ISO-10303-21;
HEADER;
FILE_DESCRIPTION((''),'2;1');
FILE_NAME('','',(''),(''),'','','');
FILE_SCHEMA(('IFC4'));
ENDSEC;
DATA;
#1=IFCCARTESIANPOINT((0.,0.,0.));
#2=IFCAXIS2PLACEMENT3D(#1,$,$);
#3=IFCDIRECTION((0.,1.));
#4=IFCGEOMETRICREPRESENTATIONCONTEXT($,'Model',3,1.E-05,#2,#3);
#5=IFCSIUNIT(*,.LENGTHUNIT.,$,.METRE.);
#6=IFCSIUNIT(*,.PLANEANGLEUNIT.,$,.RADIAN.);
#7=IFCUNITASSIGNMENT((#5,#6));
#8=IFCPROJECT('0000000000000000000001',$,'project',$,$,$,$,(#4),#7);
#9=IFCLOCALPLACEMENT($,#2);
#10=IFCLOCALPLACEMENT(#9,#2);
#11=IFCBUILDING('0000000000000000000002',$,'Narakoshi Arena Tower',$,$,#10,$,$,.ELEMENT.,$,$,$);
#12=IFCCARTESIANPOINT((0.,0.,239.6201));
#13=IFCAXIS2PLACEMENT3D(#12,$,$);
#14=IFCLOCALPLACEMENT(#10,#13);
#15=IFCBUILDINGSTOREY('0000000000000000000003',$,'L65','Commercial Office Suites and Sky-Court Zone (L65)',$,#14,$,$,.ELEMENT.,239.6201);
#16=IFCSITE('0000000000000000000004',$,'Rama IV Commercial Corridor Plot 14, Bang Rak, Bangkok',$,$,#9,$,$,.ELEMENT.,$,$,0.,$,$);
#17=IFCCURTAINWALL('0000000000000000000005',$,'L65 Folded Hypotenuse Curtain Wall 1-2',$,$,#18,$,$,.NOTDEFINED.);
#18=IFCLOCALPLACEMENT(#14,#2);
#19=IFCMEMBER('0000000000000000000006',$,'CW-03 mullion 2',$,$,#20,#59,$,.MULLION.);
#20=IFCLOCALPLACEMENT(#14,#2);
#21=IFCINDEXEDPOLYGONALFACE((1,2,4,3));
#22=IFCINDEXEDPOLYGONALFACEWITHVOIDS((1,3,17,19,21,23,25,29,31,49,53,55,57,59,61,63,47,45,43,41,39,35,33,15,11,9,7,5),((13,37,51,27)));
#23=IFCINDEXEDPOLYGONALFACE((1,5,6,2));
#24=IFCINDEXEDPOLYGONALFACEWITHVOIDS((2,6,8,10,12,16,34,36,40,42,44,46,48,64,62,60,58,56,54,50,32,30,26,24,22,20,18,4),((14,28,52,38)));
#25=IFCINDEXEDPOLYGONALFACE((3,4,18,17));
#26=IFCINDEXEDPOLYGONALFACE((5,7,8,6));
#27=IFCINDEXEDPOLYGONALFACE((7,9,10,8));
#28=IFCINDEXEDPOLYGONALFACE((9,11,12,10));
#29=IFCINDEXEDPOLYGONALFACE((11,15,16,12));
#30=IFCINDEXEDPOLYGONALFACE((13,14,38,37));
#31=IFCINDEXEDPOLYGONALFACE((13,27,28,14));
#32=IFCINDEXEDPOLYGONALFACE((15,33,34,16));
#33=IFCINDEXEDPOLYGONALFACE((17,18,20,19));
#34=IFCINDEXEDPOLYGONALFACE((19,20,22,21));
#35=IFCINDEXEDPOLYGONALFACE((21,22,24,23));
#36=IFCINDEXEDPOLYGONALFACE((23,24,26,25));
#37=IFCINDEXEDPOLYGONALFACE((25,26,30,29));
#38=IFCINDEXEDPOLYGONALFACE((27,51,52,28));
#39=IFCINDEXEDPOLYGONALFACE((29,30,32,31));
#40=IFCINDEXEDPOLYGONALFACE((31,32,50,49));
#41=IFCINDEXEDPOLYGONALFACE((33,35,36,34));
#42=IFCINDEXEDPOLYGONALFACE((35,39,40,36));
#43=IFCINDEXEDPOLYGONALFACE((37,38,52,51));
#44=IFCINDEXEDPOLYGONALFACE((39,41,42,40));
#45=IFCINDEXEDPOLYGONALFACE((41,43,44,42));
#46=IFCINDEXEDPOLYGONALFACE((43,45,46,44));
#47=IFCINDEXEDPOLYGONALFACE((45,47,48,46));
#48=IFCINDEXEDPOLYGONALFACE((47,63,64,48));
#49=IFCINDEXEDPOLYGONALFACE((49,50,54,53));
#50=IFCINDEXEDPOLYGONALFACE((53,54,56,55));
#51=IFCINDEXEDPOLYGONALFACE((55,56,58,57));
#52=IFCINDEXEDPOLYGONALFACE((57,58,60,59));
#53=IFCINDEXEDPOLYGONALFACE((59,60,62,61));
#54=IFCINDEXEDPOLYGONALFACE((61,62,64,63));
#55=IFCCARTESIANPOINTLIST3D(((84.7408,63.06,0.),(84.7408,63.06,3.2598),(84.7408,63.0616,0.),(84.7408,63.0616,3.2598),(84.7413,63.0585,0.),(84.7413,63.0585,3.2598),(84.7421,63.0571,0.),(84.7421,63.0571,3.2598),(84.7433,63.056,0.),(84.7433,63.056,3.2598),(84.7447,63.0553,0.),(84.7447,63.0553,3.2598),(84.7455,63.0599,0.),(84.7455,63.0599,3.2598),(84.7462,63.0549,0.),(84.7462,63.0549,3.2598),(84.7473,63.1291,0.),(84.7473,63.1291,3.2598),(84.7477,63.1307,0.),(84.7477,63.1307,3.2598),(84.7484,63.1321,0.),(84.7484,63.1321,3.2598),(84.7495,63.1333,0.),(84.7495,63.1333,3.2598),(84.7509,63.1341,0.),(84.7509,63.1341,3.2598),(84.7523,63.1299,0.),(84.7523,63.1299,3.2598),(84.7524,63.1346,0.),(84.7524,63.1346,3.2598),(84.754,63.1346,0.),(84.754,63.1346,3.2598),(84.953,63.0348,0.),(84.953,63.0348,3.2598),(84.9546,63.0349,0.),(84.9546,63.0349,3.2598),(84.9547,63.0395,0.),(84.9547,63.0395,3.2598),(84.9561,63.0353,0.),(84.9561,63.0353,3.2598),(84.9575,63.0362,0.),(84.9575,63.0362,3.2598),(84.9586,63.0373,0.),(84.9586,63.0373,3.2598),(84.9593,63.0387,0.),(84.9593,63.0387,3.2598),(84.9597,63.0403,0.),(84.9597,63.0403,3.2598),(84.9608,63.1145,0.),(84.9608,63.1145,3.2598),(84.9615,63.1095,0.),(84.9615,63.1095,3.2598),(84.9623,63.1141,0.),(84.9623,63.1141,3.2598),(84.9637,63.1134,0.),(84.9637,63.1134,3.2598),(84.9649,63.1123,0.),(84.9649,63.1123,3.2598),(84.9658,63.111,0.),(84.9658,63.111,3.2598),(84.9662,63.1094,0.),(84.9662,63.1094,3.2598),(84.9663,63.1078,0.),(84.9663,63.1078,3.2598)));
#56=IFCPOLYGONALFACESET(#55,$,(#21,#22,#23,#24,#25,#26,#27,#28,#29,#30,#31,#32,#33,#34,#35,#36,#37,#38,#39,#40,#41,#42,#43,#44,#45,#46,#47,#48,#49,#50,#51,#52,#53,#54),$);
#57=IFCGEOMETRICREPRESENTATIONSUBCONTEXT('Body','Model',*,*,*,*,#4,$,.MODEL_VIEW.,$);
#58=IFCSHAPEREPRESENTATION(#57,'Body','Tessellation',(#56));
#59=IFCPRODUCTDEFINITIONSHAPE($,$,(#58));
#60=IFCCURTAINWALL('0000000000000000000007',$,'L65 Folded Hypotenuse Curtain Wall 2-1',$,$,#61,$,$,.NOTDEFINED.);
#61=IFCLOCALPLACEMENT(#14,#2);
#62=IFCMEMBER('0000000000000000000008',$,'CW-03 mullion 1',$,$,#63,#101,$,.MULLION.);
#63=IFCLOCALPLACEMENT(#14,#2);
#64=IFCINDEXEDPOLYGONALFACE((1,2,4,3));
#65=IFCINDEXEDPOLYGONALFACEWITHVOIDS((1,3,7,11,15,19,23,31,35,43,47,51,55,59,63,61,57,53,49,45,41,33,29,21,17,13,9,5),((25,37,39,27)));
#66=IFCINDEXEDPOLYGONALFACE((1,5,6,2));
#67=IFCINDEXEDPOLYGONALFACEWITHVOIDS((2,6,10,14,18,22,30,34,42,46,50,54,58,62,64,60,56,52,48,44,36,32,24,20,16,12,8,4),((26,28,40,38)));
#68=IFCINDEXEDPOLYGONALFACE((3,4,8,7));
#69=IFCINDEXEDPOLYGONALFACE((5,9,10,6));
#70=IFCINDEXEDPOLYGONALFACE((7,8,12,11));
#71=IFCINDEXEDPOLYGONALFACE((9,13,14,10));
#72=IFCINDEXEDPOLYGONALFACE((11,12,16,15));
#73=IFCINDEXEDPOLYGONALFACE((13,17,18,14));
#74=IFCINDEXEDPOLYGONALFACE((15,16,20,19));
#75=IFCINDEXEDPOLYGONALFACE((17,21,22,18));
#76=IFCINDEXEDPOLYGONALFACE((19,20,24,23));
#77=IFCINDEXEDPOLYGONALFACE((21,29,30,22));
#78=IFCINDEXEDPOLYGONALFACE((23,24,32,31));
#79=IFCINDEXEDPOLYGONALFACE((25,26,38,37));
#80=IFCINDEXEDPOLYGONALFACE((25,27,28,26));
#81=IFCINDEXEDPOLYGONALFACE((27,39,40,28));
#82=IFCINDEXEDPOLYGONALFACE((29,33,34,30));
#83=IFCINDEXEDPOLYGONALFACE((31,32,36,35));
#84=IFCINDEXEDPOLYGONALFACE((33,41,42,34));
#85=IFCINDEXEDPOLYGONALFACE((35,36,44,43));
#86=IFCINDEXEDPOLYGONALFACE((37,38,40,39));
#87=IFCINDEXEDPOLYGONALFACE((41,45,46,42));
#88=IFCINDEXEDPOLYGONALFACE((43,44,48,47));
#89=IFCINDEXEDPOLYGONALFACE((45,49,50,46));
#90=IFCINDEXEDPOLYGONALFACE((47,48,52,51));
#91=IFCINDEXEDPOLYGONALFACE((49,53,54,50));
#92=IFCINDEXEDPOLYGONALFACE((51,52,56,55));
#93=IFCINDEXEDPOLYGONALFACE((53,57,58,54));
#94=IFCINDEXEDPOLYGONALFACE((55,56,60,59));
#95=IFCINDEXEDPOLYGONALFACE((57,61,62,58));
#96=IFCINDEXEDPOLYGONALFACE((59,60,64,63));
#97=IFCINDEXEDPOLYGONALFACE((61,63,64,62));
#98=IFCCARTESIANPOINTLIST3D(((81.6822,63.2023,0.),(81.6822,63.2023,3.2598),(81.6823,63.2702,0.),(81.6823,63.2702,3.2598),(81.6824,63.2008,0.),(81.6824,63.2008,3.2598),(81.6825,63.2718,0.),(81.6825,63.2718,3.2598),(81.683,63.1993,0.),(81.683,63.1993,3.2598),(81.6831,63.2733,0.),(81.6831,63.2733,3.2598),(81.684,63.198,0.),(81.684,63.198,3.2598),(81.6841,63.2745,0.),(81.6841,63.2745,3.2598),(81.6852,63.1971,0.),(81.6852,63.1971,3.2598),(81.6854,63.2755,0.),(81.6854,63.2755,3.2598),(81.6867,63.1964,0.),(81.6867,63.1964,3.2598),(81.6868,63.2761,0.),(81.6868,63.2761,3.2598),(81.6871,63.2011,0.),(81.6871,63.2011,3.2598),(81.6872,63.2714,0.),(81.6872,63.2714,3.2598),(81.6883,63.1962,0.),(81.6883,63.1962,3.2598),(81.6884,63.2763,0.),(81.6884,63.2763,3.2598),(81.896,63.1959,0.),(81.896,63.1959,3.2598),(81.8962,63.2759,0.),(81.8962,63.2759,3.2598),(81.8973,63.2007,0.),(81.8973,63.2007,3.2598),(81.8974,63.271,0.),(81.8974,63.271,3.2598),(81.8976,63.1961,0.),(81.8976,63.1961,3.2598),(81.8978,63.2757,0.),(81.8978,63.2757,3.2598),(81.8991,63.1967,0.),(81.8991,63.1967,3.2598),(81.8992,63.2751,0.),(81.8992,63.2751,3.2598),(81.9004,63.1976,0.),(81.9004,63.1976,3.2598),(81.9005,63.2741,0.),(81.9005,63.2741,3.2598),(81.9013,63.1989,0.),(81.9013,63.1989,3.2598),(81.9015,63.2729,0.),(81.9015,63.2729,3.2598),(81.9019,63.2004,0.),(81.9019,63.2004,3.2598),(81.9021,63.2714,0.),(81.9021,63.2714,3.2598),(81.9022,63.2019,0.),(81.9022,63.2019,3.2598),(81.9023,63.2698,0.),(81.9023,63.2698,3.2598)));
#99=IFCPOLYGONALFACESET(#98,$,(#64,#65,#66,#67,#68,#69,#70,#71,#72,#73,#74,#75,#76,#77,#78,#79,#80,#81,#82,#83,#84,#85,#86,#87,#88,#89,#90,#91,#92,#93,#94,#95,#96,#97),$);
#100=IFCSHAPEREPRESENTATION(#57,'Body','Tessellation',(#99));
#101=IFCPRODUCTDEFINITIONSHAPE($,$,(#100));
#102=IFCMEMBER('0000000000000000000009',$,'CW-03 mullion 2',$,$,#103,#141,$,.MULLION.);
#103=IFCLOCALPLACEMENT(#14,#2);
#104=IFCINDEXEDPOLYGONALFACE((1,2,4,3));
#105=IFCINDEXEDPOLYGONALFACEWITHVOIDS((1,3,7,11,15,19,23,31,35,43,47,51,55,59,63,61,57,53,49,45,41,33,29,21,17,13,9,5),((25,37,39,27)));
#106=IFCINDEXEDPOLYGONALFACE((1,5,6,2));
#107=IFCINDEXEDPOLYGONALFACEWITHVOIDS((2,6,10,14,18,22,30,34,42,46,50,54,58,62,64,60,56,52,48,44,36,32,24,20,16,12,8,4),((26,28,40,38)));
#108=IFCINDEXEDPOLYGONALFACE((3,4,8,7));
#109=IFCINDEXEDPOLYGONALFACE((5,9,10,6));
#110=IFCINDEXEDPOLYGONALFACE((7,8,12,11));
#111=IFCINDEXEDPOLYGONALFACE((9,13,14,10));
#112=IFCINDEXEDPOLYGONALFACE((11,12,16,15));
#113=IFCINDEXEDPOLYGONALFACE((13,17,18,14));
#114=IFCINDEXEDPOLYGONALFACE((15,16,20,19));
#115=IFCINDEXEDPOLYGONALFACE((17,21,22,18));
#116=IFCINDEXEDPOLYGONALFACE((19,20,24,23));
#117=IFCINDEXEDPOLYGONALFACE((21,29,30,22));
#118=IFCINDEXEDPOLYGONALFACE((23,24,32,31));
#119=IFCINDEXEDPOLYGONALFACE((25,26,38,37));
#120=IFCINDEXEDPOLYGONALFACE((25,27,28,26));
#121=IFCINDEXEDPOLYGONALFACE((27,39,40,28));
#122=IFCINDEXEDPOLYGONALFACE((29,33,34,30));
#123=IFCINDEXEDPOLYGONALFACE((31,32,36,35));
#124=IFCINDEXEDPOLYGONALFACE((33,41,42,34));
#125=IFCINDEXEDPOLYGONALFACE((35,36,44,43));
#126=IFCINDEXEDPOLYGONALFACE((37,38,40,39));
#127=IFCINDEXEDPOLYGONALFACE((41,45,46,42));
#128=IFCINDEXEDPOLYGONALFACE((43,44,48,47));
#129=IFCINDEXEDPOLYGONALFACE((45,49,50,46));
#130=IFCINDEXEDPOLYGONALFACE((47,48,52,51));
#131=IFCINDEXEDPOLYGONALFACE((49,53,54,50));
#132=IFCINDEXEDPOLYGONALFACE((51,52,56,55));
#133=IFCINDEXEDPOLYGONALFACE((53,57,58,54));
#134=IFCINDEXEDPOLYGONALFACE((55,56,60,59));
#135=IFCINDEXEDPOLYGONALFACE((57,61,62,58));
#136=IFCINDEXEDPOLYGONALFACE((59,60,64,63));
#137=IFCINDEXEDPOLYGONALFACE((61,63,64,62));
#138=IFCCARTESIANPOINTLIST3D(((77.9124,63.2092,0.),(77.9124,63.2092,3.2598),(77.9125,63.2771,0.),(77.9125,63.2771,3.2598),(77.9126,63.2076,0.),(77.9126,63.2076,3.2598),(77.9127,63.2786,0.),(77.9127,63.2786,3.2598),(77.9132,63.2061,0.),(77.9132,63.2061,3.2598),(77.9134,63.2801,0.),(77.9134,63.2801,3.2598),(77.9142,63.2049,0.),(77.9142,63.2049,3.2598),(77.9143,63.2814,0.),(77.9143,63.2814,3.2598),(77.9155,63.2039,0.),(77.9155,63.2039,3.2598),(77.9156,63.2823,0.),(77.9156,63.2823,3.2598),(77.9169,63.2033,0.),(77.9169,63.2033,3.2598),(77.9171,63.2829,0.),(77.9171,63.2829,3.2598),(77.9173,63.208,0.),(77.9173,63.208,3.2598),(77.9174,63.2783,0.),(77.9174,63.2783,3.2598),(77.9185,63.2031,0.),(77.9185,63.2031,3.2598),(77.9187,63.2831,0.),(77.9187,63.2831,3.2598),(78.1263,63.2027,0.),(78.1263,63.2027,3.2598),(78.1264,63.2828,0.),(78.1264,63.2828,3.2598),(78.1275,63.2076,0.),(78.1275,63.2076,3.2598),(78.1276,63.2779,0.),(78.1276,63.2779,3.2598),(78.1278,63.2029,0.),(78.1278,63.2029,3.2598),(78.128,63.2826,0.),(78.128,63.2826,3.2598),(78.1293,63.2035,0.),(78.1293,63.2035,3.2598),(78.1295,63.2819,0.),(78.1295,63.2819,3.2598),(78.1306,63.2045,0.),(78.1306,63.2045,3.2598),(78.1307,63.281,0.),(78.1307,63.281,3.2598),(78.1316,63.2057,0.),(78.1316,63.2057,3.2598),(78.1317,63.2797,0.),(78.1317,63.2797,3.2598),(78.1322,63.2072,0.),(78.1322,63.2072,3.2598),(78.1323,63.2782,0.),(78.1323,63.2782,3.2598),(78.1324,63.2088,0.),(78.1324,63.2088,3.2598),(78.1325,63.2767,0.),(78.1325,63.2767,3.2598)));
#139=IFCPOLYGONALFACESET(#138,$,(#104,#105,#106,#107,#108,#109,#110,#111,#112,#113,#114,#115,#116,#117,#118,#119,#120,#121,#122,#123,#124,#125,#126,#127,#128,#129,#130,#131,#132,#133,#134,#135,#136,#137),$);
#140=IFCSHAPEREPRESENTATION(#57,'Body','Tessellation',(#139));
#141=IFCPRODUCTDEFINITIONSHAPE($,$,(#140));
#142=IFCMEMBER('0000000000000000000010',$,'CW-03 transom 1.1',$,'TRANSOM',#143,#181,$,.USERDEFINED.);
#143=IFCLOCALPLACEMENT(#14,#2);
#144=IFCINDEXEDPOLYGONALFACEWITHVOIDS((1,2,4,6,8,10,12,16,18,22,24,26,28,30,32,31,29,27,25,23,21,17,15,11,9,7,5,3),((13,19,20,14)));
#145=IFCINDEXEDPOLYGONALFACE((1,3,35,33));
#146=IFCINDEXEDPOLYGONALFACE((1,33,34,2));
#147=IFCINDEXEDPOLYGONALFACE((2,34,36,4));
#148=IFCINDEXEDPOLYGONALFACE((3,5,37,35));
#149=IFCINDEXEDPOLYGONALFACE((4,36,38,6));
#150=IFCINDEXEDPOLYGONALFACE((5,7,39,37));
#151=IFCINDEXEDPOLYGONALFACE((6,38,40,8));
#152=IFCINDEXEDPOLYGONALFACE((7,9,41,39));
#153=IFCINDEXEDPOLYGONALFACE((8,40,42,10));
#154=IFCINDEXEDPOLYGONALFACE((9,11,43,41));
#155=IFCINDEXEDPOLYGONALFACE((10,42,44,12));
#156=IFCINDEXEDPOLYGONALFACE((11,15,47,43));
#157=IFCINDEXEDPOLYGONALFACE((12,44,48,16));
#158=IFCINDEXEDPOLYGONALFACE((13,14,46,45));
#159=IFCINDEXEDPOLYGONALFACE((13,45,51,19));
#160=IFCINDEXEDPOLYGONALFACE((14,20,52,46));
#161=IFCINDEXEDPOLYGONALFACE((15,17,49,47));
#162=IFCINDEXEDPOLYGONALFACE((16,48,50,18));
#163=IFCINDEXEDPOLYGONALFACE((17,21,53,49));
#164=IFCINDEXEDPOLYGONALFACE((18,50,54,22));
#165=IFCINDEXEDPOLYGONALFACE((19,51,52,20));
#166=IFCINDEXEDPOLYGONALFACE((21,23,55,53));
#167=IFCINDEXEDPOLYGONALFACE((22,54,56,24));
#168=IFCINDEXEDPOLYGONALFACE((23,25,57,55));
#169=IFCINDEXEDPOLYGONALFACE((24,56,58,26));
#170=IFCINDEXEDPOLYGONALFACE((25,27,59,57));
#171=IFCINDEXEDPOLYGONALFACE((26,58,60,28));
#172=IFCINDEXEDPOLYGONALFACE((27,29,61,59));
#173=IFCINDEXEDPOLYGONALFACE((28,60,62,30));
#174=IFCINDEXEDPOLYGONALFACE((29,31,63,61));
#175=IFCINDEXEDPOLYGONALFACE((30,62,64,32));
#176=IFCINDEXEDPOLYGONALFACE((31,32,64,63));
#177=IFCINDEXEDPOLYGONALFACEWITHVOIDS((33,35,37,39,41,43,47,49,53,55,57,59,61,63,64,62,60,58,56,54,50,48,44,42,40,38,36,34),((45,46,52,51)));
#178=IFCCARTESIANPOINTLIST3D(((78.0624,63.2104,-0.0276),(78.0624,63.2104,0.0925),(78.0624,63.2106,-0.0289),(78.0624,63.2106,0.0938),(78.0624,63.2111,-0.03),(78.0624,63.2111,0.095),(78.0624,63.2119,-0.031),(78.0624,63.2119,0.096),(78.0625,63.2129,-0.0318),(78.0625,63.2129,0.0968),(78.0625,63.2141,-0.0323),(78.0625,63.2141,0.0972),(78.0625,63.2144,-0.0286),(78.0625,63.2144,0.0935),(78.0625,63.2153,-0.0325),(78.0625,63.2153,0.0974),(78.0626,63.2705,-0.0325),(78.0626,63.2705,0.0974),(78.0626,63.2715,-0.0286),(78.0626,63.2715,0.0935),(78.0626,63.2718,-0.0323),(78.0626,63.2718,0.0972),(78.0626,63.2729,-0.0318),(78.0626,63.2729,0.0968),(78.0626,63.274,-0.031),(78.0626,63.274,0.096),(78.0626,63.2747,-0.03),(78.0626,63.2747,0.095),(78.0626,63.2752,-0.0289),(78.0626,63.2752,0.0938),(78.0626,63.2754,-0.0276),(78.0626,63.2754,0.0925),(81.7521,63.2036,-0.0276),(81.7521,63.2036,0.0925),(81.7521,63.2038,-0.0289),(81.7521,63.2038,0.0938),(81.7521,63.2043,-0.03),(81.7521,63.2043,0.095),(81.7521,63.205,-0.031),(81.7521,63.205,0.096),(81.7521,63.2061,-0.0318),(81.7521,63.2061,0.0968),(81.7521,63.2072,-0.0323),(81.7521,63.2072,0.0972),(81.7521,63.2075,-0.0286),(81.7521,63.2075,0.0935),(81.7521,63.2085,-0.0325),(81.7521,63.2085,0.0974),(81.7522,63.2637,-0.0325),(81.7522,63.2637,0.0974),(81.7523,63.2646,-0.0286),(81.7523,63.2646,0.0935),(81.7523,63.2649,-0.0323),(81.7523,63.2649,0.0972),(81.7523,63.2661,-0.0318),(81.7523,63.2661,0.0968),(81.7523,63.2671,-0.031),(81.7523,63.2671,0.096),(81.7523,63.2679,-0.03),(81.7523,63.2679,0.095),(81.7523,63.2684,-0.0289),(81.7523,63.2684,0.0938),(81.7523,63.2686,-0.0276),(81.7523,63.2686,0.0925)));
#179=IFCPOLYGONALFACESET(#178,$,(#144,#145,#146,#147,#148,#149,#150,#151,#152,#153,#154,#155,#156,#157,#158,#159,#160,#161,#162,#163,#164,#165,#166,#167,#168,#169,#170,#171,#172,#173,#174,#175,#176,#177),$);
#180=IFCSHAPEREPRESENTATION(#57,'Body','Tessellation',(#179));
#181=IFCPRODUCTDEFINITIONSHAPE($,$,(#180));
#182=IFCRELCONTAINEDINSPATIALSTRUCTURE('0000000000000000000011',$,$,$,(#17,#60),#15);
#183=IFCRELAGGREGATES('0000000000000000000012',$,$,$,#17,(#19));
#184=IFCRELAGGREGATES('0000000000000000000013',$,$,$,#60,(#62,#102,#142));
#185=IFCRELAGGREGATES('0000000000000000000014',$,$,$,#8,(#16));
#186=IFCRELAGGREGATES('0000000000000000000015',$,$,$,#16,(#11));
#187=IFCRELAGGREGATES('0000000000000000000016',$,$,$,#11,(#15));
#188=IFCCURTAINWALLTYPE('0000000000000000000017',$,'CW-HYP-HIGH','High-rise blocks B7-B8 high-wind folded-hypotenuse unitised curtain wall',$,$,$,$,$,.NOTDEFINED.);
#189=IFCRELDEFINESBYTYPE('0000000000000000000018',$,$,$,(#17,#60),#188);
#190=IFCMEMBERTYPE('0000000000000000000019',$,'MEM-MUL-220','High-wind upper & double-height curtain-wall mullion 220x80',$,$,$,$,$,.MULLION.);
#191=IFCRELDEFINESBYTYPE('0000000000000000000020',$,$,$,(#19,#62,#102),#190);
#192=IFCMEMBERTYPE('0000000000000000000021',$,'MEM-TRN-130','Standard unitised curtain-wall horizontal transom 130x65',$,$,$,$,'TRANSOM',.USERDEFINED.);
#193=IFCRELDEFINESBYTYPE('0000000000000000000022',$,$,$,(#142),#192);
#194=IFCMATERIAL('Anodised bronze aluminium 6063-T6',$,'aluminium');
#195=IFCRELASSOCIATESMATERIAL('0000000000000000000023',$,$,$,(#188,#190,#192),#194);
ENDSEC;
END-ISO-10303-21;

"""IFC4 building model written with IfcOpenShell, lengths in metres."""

from ifc_helpers import new_model, si_unit, direction, frame, origin, origin_2d, place, context, subcontext, project, spatial, hollow_rectangle, extrude, material, material_profile, profile_set, type_object, element, aggregate, save


model = new_model("IFC4")

# Units and contexts
model_context = context("Model", 3, precision=1e-05, world=origin(), true_north=direction((0.0, 1.0)))
body_context = subcontext(model_context, "Body", "Model", "MODEL_VIEW")
ifc_project = project(units=[si_unit("LENGTHUNIT", "METRE"), si_unit("PLANEANGLEUNIT", "RADIAN")], contexts=[model_context])

# Site, building, storey
site_placement = place(None, origin())
site = spatial("IfcSite", under=ifc_project, at=site_placement, Name="Rama IV Commercial Corridor Plot 14, Bang Rak, Bangkok", CompositionType="ELEMENT", RefElevation=0.0)
building_placement = place(site_placement, origin())
building = spatial("IfcBuilding", under=site, at=building_placement, Name="Narakoshi Arena Tower", CompositionType="ELEMENT")
storey_placement = place(building_placement, frame((0.0, 0.0, 239.6201)))
storey = spatial("IfcBuildingStorey", under=building, at=storey_placement, Name="L65", Description="Commercial Office Suites and Sky-Court Zone (L65)", CompositionType="ELEMENT", Elevation=239.6201)

# Curtain wall, member
ifc_material_1 = material(Name="Anodised bronze aluminium 6063-T6", Category="aluminium")
curtain_wall_type = type_object("IfcCurtainWallType", Name="CW-HYP-HIGH", Description="High-rise blocks B7-B8 high-wind folded-hypotenuse unitised curtain wall", PredefinedType="NOTDEFINED", material=ifc_material_1)
curtain_wall_1_placement = place(storey_placement, origin())
curtain_wall_1 = element("IfcCurtainWall", 1, at=curtain_wall_1_placement, inside=storey, type_object=curtain_wall_type, Name="L65 Folded Hypotenuse Curtain Wall 1-2", PredefinedType="NOTDEFINED")
ifc_material_profile_1 = material_profile(ifc_material_1, hollow_rectangle(XDim=0.0801, YDim=0.22, WallThickness=0.0049, OuterFilletRadius=0.0061, at=origin_2d()), Name="MUL220x80x5")
ifc_profile_set_1 = profile_set([ifc_material_profile_1], Name="Anodised bronze aluminium 6063-T6")
member_type_1 = type_object("IfcMemberType", Name="MEM-MUL-220", Description="High-wind upper & double-height curtain-wall mullion 220x80", PredefinedType="MULLION", material=ifc_profile_set_1)
member_1_placement = place(storey_placement, frame((84.8535, 63.0847, 0.0), z_axis=(0.0, 0.0, 1.0), x_axis=(-0.096843, -0.9953, 0.0)))
member_1 = element("IfcMember", 2, at=member_1_placement, type_object=member_type_1, Name="CW-03 mullion 2", PredefinedType="MULLION", context=body_context, shape_type="SweptSolid", body=[
    extrude(hollow_rectangle(XDim=0.0801, YDim=0.22, WallThickness=0.0049, OuterFilletRadius=0.0061, at=origin_2d()), origin(), (0.0, 0.0, 1.0), 3.2598),
])

# Curtain wall, members
curtain_wall_2_placement = place(storey_placement, origin())
curtain_wall_2 = element("IfcCurtainWall", 3, at=curtain_wall_2_placement, inside=storey, type_object=curtain_wall_type, Name="L65 Folded Hypotenuse Curtain Wall 2-1", PredefinedType="NOTDEFINED")
member_2_placement = place(storey_placement, frame((81.7922, 63.2361, 0.0), z_axis=(0.0, 0.0, 1.0), x_axis=(-0.00182, -0.999998, 0.0)))
member_2 = element("IfcMember", 4, at=member_2_placement, type_object=member_type_1, Name="CW-03 mullion 1", PredefinedType="MULLION", context=body_context, shape_type="SweptSolid", body=[
    extrude(hollow_rectangle(XDim=0.0801, YDim=0.22, WallThickness=0.0049, OuterFilletRadius=0.0061, at=origin_2d()), origin(), (0.0, 0.0, 1.0), 3.2598),
])
member_3_placement = place(storey_placement, frame((78.0225, 63.2429, 0.0), z_axis=(0.0, 0.0, 1.0), x_axis=(-0.00182, -0.999998, 0.0)))
member_3 = element("IfcMember", 5, at=member_3_placement, type_object=member_type_1, Name="CW-03 mullion 2", PredefinedType="MULLION", context=body_context, shape_type="SweptSolid", body=[
    extrude(hollow_rectangle(XDim=0.0801, YDim=0.22, WallThickness=0.0049, OuterFilletRadius=0.0061, at=origin_2d()), origin(), (0.0, 0.0, 1.0), 3.2598),
])
ifc_material_profile_2 = material_profile(ifc_material_1, hollow_rectangle(XDim=0.0649, YDim=0.1299, WallThickness=0.0039, OuterFilletRadius=0.0049, at=origin_2d()), Name="TRN130x65x4")
ifc_profile_set_2 = profile_set([ifc_material_profile_2], Name="Anodised bronze aluminium 6063-T6")
member_type_2 = type_object("IfcMemberType", Name="MEM-TRN-130", Description="Standard unitised curtain-wall horizontal transom 130x65", ElementType="TRANSOM", PredefinedType="USERDEFINED", material=ifc_profile_set_2)
member_4_placement = place(storey_placement, frame((81.7522, 63.2361, 0.0325), z_axis=(-0.999998, 0.001853, 0.0), x_axis=(-0.001853, -0.999998, 0.0)))
member_4 = element("IfcMember", 6, at=member_4_placement, type_object=member_type_2, Name="CW-03 transom 1.1", ObjectType="TRANSOM", PredefinedType="USERDEFINED", context=body_context, shape_type="SweptSolid", body=[
    extrude(hollow_rectangle(XDim=0.0649, YDim=0.1299, WallThickness=0.0039, OuterFilletRadius=0.0049, at=origin_2d()), origin(), (0.0, 0.0, 1.0), 3.6897),
])

aggregate(curtain_wall_1, [member_1])
aggregate(curtain_wall_2, [member_2, member_3, member_4])

save(model, "model.ifc")
